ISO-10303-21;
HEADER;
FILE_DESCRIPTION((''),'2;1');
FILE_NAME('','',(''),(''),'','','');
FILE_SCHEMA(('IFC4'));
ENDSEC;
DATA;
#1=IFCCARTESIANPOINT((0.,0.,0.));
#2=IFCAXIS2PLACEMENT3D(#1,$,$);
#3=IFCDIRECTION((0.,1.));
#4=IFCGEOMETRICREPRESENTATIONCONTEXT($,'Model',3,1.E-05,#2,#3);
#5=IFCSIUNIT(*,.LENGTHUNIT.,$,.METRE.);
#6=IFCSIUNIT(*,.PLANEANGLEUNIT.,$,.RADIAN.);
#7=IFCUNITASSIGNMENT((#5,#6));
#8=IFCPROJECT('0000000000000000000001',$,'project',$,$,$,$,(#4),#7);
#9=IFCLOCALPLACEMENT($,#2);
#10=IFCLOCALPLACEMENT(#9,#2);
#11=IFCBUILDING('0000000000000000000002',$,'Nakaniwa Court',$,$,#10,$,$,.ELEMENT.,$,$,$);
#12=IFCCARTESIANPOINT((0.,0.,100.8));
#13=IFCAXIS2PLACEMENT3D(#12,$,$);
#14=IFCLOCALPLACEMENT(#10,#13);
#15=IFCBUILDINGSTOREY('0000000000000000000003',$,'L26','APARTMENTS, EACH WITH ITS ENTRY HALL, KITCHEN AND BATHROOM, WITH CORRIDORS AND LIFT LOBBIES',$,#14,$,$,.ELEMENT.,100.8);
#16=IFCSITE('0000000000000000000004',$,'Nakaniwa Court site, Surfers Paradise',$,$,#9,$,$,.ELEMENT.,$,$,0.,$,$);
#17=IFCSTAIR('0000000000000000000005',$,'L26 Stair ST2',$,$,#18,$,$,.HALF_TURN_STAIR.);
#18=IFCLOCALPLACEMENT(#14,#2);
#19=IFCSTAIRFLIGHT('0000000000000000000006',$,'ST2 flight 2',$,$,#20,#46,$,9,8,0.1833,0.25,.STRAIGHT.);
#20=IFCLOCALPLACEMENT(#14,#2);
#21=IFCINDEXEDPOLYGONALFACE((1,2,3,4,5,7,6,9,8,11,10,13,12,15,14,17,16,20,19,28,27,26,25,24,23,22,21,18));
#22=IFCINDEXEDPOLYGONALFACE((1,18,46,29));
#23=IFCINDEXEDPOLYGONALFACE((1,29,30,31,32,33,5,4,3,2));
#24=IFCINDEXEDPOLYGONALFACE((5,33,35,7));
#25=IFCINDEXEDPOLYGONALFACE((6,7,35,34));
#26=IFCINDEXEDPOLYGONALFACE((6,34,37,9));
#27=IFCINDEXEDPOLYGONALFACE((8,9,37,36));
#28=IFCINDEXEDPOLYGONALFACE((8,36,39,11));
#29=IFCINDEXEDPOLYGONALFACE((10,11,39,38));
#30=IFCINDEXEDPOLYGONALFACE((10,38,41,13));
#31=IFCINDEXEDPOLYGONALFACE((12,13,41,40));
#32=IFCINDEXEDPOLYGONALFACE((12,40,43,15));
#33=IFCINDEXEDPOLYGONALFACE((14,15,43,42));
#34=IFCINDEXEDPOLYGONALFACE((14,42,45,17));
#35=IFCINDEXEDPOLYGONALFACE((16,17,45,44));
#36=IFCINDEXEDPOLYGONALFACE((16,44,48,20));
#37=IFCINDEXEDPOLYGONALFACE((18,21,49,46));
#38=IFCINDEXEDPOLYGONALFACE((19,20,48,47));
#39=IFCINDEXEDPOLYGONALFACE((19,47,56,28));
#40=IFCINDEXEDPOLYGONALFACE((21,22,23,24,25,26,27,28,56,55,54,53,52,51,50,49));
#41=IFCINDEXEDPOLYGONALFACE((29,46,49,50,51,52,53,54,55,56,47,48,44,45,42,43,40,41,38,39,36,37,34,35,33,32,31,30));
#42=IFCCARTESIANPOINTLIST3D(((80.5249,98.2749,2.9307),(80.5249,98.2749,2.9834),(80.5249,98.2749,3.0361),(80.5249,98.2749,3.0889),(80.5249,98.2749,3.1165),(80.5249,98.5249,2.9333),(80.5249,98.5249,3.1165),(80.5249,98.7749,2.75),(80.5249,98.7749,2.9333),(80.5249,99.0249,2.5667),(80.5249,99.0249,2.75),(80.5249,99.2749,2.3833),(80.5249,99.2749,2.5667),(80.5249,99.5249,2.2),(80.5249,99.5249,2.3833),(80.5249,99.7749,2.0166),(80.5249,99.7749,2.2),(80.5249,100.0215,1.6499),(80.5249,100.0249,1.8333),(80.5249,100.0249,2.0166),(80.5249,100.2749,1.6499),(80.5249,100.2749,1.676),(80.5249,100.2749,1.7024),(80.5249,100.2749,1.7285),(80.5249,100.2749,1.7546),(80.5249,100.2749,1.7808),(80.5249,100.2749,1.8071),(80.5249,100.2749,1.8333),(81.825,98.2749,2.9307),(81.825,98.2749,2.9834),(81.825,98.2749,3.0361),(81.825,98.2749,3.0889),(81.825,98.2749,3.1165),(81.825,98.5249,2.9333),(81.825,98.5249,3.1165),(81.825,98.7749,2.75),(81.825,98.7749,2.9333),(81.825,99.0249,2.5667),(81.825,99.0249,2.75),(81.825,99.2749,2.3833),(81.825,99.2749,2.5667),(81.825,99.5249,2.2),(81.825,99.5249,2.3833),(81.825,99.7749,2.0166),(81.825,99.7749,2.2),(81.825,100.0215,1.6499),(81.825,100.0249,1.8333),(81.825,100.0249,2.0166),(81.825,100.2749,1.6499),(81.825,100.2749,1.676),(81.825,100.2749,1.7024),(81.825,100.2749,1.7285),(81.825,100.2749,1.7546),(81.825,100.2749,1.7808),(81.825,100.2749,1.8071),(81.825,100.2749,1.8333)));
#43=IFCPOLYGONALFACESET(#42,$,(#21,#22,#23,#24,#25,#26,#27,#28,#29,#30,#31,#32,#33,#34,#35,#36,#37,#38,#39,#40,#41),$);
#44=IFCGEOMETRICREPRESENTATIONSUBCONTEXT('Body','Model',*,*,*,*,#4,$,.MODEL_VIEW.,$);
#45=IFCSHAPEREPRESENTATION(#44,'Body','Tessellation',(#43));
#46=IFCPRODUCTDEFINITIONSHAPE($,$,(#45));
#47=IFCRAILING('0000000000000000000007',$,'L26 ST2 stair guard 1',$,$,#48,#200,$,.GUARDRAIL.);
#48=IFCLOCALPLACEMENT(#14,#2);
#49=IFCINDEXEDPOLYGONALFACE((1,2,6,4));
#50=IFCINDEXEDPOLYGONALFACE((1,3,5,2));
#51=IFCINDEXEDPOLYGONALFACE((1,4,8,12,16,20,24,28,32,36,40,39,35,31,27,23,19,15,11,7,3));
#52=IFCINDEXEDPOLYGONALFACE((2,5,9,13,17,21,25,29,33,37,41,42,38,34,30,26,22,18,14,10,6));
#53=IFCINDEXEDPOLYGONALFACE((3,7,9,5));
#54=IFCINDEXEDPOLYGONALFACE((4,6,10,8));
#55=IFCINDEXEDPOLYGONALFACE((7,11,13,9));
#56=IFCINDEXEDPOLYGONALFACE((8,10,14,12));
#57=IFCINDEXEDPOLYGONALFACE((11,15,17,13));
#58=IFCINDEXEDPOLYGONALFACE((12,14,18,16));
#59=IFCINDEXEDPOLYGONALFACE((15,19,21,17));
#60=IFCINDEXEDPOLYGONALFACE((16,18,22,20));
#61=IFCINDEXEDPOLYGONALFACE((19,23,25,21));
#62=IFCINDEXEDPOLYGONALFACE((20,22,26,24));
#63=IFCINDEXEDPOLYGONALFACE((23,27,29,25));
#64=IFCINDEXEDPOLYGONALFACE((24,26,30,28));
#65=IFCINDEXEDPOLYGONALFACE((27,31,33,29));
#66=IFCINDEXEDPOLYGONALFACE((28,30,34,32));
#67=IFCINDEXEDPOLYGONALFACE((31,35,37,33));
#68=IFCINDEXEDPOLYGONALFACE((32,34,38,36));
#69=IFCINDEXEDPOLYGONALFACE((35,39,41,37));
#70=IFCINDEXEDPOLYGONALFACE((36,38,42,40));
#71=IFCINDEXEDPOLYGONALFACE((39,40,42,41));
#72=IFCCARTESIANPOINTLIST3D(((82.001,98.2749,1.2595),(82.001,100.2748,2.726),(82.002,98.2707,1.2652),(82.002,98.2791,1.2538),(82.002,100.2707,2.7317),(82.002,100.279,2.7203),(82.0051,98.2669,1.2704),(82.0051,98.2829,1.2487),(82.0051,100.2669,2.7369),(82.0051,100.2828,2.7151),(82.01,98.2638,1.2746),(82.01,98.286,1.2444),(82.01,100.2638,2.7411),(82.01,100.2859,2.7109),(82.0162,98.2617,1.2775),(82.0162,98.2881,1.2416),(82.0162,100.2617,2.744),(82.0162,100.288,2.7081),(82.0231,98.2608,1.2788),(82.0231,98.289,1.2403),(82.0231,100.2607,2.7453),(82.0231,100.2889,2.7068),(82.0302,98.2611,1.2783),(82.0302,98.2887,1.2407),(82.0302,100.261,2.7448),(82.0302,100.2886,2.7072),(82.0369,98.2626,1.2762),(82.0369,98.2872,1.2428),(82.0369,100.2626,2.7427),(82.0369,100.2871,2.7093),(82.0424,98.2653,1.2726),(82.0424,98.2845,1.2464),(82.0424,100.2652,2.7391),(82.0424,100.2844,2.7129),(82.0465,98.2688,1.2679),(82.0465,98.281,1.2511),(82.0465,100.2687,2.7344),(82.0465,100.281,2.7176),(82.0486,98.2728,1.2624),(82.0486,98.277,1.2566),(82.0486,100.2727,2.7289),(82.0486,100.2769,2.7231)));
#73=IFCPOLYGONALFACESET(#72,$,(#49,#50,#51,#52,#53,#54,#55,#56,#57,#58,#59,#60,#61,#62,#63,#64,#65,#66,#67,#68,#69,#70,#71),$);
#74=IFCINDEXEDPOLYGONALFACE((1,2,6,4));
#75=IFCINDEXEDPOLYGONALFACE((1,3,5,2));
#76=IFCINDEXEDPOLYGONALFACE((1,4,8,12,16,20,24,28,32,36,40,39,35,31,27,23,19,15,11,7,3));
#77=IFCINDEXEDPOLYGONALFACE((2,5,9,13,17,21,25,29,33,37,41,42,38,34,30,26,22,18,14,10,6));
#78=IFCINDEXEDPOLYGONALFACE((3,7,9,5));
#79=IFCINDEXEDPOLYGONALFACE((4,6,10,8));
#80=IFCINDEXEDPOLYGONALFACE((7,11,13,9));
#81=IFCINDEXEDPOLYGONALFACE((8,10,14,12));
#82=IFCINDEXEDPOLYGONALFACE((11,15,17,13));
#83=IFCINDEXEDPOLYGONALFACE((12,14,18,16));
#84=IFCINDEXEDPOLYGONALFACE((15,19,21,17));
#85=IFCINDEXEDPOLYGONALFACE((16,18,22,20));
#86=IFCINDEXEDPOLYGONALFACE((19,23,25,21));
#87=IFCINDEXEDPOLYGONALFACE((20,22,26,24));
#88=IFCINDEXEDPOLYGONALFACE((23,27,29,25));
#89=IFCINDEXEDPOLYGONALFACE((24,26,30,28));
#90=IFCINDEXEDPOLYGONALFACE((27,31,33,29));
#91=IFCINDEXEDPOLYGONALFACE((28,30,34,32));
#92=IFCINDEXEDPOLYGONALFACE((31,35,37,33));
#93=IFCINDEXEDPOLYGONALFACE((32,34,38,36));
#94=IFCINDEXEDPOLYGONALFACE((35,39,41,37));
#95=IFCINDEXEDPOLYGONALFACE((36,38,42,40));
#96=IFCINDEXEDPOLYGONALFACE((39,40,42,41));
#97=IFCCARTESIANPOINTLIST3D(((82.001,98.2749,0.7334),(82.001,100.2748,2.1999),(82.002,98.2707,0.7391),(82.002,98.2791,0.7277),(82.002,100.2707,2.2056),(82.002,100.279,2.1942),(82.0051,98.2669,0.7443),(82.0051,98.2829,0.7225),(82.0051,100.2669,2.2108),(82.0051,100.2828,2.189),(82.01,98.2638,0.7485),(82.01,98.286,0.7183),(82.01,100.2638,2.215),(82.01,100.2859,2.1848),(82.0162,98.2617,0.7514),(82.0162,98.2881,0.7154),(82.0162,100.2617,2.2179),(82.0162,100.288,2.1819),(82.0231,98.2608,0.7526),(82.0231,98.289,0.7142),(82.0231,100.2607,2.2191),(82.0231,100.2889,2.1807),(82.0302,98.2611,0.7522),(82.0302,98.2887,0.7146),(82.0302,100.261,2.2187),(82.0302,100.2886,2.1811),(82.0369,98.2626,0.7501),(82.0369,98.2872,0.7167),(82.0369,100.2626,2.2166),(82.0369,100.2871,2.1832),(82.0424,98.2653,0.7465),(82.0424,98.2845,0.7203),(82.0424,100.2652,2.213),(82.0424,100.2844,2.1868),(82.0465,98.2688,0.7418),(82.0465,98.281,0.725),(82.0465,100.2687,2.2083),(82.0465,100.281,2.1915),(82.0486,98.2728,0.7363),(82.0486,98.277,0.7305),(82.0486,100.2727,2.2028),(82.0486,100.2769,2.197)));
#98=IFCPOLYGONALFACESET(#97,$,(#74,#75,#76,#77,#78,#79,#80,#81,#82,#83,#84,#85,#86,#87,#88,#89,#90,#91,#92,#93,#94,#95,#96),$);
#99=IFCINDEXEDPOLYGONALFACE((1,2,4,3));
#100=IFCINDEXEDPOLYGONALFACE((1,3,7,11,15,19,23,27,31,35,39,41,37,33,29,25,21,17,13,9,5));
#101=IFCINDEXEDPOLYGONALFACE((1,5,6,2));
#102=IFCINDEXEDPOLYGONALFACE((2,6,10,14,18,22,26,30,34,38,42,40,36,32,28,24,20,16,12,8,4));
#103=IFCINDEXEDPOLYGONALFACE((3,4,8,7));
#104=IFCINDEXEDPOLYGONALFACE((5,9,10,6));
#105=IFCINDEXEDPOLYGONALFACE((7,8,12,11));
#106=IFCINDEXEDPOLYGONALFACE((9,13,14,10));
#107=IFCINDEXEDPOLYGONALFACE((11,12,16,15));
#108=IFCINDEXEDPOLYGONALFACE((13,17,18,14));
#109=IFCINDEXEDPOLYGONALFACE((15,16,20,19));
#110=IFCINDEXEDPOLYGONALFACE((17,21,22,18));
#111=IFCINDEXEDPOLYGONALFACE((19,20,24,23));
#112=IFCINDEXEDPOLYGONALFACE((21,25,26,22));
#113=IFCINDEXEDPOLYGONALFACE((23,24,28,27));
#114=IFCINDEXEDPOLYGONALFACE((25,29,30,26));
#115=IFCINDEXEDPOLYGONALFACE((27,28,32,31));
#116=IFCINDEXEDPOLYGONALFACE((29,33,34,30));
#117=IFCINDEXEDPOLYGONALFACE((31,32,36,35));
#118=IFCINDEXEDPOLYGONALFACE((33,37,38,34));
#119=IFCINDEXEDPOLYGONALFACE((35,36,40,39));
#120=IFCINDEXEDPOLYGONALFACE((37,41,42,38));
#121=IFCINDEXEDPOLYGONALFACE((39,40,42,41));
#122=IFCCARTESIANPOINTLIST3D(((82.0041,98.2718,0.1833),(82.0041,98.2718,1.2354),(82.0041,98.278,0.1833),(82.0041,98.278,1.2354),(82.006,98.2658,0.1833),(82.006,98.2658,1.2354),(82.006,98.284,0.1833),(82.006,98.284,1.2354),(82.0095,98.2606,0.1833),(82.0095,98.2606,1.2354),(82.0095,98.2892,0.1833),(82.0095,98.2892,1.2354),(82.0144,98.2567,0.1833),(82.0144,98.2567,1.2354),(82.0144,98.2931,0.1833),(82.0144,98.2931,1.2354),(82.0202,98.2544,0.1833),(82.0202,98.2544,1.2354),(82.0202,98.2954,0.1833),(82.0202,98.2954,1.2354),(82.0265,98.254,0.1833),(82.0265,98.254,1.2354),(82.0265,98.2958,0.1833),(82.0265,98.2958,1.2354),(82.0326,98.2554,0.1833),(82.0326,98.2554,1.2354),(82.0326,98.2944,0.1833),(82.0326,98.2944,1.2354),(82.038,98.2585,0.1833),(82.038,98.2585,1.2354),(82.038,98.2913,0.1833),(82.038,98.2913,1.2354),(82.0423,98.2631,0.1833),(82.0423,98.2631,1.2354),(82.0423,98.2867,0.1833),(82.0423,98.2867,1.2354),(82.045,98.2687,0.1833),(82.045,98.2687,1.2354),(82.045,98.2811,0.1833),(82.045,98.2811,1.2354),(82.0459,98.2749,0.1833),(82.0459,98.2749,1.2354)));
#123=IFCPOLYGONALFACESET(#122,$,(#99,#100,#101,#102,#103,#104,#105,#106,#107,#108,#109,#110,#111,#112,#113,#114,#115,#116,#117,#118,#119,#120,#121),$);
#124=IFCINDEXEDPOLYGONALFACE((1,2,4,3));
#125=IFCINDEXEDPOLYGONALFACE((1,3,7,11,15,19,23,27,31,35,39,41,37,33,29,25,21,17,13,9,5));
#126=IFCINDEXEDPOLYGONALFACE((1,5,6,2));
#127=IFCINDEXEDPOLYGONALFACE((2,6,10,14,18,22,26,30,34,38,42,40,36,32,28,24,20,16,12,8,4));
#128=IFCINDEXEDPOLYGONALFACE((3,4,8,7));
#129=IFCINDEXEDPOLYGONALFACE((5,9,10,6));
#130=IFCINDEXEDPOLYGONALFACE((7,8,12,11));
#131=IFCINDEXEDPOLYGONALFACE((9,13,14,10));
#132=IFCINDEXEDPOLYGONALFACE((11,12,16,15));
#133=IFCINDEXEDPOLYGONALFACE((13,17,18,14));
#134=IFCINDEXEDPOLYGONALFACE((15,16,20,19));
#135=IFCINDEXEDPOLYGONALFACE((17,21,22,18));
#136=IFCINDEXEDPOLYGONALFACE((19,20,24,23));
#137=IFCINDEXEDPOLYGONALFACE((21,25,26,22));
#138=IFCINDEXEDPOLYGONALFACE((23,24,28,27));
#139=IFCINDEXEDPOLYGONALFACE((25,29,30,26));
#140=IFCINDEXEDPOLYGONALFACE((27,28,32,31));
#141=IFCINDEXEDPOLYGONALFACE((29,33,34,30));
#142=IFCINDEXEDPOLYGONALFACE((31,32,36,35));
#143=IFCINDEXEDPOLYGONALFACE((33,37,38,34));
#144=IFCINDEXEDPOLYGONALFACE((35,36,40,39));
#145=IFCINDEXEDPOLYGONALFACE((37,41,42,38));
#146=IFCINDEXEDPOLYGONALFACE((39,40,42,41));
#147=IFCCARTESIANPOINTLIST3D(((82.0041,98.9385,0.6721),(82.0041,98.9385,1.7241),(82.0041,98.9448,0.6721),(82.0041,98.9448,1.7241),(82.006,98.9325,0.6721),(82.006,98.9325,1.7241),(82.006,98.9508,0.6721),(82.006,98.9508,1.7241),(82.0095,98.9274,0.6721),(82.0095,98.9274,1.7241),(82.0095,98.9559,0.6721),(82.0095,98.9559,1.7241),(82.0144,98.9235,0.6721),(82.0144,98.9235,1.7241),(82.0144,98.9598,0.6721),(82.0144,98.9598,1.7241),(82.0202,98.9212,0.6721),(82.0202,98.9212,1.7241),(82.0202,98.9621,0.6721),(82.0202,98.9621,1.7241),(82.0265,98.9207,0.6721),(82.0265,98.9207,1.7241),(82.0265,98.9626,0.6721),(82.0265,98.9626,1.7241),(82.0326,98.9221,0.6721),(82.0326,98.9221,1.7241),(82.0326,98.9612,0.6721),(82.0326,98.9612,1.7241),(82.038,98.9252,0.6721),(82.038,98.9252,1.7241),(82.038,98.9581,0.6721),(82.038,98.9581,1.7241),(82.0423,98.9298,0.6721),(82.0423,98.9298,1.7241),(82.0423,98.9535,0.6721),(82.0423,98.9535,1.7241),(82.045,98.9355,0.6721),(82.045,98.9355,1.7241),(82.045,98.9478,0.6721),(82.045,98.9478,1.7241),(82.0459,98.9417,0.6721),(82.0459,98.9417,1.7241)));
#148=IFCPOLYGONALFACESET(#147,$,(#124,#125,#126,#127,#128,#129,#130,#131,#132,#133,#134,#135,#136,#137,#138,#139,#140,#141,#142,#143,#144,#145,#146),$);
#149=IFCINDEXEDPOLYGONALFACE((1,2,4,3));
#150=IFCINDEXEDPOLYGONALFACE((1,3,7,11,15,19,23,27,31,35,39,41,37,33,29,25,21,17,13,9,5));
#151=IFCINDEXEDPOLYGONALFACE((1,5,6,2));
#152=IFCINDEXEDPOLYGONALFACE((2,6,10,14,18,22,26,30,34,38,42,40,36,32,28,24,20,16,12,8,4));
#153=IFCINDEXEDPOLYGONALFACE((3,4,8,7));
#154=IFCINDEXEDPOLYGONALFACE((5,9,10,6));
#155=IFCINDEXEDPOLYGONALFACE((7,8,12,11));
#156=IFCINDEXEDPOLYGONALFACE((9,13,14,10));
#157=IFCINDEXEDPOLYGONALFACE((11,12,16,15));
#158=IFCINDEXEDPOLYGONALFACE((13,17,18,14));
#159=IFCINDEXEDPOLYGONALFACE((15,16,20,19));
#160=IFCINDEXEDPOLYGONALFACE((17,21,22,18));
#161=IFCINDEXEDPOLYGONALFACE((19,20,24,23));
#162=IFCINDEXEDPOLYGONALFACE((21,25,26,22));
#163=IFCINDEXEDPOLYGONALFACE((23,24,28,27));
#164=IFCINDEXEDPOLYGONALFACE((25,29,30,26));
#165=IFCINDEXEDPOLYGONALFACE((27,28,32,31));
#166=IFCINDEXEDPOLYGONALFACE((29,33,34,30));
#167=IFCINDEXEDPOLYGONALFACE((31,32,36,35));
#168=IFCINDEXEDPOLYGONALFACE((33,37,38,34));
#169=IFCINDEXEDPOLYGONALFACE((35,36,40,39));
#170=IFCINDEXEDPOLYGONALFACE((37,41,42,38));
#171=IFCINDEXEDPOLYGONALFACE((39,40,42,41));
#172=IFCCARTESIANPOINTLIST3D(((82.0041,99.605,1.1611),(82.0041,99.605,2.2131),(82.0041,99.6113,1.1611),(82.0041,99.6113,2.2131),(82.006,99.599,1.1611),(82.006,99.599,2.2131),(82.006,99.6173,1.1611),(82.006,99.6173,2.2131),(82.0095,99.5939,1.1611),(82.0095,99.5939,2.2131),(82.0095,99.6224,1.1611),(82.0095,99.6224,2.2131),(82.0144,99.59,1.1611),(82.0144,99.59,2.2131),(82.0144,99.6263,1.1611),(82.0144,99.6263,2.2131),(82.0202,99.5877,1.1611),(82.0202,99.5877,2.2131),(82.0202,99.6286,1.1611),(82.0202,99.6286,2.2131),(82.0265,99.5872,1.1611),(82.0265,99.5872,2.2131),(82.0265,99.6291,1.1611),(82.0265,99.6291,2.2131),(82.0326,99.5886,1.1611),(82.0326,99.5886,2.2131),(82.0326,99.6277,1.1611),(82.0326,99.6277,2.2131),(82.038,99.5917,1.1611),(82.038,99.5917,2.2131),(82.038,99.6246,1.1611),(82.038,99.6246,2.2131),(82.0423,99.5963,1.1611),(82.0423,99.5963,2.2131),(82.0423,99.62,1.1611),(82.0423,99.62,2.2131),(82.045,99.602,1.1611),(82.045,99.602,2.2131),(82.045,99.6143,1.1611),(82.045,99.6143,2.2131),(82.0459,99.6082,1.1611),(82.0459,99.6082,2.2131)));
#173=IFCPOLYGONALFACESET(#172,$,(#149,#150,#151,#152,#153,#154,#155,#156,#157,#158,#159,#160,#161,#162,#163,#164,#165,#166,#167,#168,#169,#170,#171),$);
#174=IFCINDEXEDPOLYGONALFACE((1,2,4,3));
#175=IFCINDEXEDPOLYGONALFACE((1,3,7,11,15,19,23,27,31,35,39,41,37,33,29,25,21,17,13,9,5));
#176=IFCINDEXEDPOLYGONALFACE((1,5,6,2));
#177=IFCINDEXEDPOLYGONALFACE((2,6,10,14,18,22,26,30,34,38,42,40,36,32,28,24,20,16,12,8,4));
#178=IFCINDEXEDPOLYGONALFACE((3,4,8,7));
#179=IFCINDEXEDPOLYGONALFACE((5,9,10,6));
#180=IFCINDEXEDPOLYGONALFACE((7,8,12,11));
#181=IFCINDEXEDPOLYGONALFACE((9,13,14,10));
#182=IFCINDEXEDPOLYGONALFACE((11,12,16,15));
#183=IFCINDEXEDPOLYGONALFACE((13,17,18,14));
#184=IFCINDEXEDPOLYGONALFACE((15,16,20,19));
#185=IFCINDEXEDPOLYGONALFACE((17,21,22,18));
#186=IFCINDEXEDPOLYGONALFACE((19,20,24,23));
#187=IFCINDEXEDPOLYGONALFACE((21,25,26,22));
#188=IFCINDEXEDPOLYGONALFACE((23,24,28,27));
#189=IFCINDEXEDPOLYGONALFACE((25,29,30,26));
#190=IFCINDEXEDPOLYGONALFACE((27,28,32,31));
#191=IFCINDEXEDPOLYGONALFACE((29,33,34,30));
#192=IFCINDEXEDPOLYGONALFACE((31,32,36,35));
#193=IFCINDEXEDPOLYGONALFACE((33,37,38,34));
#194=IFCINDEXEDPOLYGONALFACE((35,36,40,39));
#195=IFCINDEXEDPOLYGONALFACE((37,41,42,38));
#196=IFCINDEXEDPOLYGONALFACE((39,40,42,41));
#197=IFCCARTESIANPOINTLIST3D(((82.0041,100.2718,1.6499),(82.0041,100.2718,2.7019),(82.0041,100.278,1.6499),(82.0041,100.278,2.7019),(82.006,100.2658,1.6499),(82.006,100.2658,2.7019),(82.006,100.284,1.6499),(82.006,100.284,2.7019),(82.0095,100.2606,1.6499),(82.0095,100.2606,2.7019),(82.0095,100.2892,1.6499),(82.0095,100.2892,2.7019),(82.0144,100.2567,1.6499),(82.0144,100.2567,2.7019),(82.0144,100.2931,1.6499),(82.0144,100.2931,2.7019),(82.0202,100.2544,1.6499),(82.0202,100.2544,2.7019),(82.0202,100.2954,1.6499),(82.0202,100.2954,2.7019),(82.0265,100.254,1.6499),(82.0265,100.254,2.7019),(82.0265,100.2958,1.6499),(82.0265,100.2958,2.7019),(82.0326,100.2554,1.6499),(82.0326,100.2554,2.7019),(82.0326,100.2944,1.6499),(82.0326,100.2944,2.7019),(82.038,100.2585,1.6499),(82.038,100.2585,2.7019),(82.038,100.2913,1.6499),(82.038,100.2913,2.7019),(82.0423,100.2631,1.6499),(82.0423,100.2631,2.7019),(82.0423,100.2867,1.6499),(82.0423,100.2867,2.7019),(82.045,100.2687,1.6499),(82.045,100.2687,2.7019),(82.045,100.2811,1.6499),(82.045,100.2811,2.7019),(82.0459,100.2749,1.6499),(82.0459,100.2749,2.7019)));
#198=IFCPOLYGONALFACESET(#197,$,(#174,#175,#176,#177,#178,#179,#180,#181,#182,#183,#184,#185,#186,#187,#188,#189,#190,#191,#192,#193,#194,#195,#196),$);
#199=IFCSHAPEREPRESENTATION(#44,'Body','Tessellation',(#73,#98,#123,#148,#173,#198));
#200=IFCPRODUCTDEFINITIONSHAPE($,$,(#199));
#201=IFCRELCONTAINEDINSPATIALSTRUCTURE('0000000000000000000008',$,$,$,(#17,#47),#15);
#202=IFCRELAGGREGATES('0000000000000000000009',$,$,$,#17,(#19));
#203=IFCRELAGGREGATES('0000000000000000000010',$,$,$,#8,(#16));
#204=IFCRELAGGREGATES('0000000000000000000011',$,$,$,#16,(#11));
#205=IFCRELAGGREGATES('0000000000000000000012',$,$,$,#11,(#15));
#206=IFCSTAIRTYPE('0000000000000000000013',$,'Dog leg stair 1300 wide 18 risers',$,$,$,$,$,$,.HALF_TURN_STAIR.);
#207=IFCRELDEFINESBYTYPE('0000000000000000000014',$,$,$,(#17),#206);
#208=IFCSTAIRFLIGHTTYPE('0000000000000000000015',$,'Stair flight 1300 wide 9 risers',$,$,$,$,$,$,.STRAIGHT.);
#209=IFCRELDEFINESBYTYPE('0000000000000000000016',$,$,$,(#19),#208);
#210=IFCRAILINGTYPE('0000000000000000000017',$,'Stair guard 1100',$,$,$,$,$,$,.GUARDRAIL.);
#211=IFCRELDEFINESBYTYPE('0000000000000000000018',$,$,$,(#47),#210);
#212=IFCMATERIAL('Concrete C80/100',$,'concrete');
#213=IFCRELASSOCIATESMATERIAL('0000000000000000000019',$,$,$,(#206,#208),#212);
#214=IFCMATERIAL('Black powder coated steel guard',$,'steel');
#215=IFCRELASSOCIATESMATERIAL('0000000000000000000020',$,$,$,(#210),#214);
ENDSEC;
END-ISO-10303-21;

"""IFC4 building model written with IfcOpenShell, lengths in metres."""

from ifc_helpers import new_model, si_unit, direction, frame, origin, origin_2d, place, context, subcontext, project, spatial, polyline, circle, outline, extrude, material, type_object, element, aggregate, save


model = new_model("IFC4")

# Units and contexts
model_context = context("Model", 3, precision=1e-05, world=origin(), true_north=direction((0.0, 1.0)))
body_context = subcontext(model_context, "Body", "Model", "MODEL_VIEW")
ifc_project = project(units=[si_unit("LENGTHUNIT", "METRE"), si_unit("PLANEANGLEUNIT", "RADIAN")], contexts=[model_context])

# Site, building, storey
site_placement = place(None, origin())
site = spatial("IfcSite", under=ifc_project, at=site_placement, Name="Nakaniwa Court site, Surfers Paradise", CompositionType="ELEMENT", RefElevation=0.0)
building_placement = place(site_placement, origin())
building = spatial("IfcBuilding", under=site, at=building_placement, Name="Nakaniwa Court", CompositionType="ELEMENT")
storey_placement = place(building_placement, frame((0.0, 0.0, 100.8)))
storey = spatial("IfcBuildingStorey", under=building, at=storey_placement, Name="L26", Description="APARTMENTS, EACH WITH ITS ENTRY HALL, KITCHEN AND BATHROOM, WITH CORRIDORS AND LIFT LOBBIES", CompositionType="ELEMENT", Elevation=100.8)

# Shared definitions
ifc_material_1 = material(Name="Concrete C80/100", Category="concrete")

# Stair, stair flight
stair_type = type_object("IfcStairType", Name="Dog leg stair 1300 wide 18 risers", PredefinedType="HALF_TURN_STAIR", material=ifc_material_1)
stair_placement = place(storey_placement, origin())
stair = element("IfcStair", 1, at=stair_placement, inside=storey, type_object=stair_type, Name="L26 Stair ST2", PredefinedType="HALF_TURN_STAIR")
stair_flight_type = type_object("IfcStairFlightType", Name="Stair flight 1300 wide 9 risers", PredefinedType="STRAIGHT", material=ifc_material_1)
stair_flight_1_placement = place(storey_placement, frame((81.175, 100.2749, 1.6499), z_axis=(0.0, 0.0, 1.0), x_axis=(0.0, -1.0, 0.0)))
stair_flight_1 = element("IfcStairFlight", 2, at=stair_flight_1_placement, type_object=stair_flight_type, Name="ST2 flight 2", NumberOfRisers=9, NumberOfTreads=8, PredefinedType="STRAIGHT", RiserHeight=0.1833, TreadLength=0.25, context=body_context, shape_type="SweptSolid", body=[
    extrude(outline(polyline([(0.0, 0.0), (0.0, 0.0261), (0.0, 0.0525), (0.0, 0.0786), (0.0, 0.1047), (0.0, 0.1309), (0.0, 0.1572), (0.0, 0.1833), (0.25, 0.1833), (0.25, 0.3667), (0.5, 0.3667), (0.5, 0.55), (0.75, 0.55), (0.75, 0.7334), (1.0, 0.7334), (1.0, 0.9167), (1.25, 0.9167), (1.25, 1.1001), (1.5, 1.1001), (1.5, 1.2834), (1.75, 1.2834), (1.75, 1.4666), (2.0, 1.4666), (2.0, 1.6499), (2.0, 1.5972), (2.0, 1.5444), (2.0, 1.4917), (2.0, 1.439), (2.0, 1.3862), (2.0, 1.3335), (2.0, 1.2808), (0.2534, 0.0), (0.0, 0.0)])), frame((0.0, 0.6499, 0.0), z_axis=(0.0, -1.0, 0.0), x_axis=(1.0, 0.0, 0.0)), (0.0, 0.0, 1.0), 1.3),
])
aggregate(stair, [stair_flight_1])

# Railing
ifc_material_2 = material(Name="Black powder coated steel guard", Category="steel")
railing_type_1 = type_object("IfcRailingType", Name="Stair guard 1100", PredefinedType="GUARDRAIL", material=ifc_material_2)
railing_1_placement = place(storey_placement, frame((82.0249, 98.2749, 0.1833)))
element("IfcRailing", 3, at=railing_1_placement, inside=storey, type_object=railing_type_1, Name="L26 ST2 stair guard 1", PredefinedType="GUARDRAIL", context=body_context, shape_type="SweptSolid", body=[
    extrude(circle(Radius=0.0239, at=origin_2d()), frame((0.0, 0.0, 1.0762), z_axis=(0.0, 0.806427, 0.591334), x_axis=(-1.0, 0.0, 0.0)), (0.0, 0.0, 1.0), 2.48),
    extrude(circle(Radius=0.0239, at=origin_2d()), frame((0.0, 0.0, 0.55), z_axis=(0.0, 0.806427, 0.591334), x_axis=(-1.0, 0.0, 0.0)), (0.0, 0.0, 1.0), 2.48),
    extrude(circle(Radius=0.021, at=origin_2d()), origin(), (0.0, 0.0, 1.0), 1.052),
    extrude(circle(Radius=0.021, at=origin_2d()), frame((0.0, 0.6667, 0.4888)), (0.0, 0.0, 1.0), 1.052),
    extrude(circle(Radius=0.021, at=origin_2d()), frame((0.0, 1.3333, 0.9778)), (0.0, 0.0, 1.0), 1.052),
    extrude(circle(Radius=0.021, at=origin_2d()), frame((0.0, 2.0, 1.4666)), (0.0, 0.0, 1.0), 1.052),
])

save(model, "model.ifc")
